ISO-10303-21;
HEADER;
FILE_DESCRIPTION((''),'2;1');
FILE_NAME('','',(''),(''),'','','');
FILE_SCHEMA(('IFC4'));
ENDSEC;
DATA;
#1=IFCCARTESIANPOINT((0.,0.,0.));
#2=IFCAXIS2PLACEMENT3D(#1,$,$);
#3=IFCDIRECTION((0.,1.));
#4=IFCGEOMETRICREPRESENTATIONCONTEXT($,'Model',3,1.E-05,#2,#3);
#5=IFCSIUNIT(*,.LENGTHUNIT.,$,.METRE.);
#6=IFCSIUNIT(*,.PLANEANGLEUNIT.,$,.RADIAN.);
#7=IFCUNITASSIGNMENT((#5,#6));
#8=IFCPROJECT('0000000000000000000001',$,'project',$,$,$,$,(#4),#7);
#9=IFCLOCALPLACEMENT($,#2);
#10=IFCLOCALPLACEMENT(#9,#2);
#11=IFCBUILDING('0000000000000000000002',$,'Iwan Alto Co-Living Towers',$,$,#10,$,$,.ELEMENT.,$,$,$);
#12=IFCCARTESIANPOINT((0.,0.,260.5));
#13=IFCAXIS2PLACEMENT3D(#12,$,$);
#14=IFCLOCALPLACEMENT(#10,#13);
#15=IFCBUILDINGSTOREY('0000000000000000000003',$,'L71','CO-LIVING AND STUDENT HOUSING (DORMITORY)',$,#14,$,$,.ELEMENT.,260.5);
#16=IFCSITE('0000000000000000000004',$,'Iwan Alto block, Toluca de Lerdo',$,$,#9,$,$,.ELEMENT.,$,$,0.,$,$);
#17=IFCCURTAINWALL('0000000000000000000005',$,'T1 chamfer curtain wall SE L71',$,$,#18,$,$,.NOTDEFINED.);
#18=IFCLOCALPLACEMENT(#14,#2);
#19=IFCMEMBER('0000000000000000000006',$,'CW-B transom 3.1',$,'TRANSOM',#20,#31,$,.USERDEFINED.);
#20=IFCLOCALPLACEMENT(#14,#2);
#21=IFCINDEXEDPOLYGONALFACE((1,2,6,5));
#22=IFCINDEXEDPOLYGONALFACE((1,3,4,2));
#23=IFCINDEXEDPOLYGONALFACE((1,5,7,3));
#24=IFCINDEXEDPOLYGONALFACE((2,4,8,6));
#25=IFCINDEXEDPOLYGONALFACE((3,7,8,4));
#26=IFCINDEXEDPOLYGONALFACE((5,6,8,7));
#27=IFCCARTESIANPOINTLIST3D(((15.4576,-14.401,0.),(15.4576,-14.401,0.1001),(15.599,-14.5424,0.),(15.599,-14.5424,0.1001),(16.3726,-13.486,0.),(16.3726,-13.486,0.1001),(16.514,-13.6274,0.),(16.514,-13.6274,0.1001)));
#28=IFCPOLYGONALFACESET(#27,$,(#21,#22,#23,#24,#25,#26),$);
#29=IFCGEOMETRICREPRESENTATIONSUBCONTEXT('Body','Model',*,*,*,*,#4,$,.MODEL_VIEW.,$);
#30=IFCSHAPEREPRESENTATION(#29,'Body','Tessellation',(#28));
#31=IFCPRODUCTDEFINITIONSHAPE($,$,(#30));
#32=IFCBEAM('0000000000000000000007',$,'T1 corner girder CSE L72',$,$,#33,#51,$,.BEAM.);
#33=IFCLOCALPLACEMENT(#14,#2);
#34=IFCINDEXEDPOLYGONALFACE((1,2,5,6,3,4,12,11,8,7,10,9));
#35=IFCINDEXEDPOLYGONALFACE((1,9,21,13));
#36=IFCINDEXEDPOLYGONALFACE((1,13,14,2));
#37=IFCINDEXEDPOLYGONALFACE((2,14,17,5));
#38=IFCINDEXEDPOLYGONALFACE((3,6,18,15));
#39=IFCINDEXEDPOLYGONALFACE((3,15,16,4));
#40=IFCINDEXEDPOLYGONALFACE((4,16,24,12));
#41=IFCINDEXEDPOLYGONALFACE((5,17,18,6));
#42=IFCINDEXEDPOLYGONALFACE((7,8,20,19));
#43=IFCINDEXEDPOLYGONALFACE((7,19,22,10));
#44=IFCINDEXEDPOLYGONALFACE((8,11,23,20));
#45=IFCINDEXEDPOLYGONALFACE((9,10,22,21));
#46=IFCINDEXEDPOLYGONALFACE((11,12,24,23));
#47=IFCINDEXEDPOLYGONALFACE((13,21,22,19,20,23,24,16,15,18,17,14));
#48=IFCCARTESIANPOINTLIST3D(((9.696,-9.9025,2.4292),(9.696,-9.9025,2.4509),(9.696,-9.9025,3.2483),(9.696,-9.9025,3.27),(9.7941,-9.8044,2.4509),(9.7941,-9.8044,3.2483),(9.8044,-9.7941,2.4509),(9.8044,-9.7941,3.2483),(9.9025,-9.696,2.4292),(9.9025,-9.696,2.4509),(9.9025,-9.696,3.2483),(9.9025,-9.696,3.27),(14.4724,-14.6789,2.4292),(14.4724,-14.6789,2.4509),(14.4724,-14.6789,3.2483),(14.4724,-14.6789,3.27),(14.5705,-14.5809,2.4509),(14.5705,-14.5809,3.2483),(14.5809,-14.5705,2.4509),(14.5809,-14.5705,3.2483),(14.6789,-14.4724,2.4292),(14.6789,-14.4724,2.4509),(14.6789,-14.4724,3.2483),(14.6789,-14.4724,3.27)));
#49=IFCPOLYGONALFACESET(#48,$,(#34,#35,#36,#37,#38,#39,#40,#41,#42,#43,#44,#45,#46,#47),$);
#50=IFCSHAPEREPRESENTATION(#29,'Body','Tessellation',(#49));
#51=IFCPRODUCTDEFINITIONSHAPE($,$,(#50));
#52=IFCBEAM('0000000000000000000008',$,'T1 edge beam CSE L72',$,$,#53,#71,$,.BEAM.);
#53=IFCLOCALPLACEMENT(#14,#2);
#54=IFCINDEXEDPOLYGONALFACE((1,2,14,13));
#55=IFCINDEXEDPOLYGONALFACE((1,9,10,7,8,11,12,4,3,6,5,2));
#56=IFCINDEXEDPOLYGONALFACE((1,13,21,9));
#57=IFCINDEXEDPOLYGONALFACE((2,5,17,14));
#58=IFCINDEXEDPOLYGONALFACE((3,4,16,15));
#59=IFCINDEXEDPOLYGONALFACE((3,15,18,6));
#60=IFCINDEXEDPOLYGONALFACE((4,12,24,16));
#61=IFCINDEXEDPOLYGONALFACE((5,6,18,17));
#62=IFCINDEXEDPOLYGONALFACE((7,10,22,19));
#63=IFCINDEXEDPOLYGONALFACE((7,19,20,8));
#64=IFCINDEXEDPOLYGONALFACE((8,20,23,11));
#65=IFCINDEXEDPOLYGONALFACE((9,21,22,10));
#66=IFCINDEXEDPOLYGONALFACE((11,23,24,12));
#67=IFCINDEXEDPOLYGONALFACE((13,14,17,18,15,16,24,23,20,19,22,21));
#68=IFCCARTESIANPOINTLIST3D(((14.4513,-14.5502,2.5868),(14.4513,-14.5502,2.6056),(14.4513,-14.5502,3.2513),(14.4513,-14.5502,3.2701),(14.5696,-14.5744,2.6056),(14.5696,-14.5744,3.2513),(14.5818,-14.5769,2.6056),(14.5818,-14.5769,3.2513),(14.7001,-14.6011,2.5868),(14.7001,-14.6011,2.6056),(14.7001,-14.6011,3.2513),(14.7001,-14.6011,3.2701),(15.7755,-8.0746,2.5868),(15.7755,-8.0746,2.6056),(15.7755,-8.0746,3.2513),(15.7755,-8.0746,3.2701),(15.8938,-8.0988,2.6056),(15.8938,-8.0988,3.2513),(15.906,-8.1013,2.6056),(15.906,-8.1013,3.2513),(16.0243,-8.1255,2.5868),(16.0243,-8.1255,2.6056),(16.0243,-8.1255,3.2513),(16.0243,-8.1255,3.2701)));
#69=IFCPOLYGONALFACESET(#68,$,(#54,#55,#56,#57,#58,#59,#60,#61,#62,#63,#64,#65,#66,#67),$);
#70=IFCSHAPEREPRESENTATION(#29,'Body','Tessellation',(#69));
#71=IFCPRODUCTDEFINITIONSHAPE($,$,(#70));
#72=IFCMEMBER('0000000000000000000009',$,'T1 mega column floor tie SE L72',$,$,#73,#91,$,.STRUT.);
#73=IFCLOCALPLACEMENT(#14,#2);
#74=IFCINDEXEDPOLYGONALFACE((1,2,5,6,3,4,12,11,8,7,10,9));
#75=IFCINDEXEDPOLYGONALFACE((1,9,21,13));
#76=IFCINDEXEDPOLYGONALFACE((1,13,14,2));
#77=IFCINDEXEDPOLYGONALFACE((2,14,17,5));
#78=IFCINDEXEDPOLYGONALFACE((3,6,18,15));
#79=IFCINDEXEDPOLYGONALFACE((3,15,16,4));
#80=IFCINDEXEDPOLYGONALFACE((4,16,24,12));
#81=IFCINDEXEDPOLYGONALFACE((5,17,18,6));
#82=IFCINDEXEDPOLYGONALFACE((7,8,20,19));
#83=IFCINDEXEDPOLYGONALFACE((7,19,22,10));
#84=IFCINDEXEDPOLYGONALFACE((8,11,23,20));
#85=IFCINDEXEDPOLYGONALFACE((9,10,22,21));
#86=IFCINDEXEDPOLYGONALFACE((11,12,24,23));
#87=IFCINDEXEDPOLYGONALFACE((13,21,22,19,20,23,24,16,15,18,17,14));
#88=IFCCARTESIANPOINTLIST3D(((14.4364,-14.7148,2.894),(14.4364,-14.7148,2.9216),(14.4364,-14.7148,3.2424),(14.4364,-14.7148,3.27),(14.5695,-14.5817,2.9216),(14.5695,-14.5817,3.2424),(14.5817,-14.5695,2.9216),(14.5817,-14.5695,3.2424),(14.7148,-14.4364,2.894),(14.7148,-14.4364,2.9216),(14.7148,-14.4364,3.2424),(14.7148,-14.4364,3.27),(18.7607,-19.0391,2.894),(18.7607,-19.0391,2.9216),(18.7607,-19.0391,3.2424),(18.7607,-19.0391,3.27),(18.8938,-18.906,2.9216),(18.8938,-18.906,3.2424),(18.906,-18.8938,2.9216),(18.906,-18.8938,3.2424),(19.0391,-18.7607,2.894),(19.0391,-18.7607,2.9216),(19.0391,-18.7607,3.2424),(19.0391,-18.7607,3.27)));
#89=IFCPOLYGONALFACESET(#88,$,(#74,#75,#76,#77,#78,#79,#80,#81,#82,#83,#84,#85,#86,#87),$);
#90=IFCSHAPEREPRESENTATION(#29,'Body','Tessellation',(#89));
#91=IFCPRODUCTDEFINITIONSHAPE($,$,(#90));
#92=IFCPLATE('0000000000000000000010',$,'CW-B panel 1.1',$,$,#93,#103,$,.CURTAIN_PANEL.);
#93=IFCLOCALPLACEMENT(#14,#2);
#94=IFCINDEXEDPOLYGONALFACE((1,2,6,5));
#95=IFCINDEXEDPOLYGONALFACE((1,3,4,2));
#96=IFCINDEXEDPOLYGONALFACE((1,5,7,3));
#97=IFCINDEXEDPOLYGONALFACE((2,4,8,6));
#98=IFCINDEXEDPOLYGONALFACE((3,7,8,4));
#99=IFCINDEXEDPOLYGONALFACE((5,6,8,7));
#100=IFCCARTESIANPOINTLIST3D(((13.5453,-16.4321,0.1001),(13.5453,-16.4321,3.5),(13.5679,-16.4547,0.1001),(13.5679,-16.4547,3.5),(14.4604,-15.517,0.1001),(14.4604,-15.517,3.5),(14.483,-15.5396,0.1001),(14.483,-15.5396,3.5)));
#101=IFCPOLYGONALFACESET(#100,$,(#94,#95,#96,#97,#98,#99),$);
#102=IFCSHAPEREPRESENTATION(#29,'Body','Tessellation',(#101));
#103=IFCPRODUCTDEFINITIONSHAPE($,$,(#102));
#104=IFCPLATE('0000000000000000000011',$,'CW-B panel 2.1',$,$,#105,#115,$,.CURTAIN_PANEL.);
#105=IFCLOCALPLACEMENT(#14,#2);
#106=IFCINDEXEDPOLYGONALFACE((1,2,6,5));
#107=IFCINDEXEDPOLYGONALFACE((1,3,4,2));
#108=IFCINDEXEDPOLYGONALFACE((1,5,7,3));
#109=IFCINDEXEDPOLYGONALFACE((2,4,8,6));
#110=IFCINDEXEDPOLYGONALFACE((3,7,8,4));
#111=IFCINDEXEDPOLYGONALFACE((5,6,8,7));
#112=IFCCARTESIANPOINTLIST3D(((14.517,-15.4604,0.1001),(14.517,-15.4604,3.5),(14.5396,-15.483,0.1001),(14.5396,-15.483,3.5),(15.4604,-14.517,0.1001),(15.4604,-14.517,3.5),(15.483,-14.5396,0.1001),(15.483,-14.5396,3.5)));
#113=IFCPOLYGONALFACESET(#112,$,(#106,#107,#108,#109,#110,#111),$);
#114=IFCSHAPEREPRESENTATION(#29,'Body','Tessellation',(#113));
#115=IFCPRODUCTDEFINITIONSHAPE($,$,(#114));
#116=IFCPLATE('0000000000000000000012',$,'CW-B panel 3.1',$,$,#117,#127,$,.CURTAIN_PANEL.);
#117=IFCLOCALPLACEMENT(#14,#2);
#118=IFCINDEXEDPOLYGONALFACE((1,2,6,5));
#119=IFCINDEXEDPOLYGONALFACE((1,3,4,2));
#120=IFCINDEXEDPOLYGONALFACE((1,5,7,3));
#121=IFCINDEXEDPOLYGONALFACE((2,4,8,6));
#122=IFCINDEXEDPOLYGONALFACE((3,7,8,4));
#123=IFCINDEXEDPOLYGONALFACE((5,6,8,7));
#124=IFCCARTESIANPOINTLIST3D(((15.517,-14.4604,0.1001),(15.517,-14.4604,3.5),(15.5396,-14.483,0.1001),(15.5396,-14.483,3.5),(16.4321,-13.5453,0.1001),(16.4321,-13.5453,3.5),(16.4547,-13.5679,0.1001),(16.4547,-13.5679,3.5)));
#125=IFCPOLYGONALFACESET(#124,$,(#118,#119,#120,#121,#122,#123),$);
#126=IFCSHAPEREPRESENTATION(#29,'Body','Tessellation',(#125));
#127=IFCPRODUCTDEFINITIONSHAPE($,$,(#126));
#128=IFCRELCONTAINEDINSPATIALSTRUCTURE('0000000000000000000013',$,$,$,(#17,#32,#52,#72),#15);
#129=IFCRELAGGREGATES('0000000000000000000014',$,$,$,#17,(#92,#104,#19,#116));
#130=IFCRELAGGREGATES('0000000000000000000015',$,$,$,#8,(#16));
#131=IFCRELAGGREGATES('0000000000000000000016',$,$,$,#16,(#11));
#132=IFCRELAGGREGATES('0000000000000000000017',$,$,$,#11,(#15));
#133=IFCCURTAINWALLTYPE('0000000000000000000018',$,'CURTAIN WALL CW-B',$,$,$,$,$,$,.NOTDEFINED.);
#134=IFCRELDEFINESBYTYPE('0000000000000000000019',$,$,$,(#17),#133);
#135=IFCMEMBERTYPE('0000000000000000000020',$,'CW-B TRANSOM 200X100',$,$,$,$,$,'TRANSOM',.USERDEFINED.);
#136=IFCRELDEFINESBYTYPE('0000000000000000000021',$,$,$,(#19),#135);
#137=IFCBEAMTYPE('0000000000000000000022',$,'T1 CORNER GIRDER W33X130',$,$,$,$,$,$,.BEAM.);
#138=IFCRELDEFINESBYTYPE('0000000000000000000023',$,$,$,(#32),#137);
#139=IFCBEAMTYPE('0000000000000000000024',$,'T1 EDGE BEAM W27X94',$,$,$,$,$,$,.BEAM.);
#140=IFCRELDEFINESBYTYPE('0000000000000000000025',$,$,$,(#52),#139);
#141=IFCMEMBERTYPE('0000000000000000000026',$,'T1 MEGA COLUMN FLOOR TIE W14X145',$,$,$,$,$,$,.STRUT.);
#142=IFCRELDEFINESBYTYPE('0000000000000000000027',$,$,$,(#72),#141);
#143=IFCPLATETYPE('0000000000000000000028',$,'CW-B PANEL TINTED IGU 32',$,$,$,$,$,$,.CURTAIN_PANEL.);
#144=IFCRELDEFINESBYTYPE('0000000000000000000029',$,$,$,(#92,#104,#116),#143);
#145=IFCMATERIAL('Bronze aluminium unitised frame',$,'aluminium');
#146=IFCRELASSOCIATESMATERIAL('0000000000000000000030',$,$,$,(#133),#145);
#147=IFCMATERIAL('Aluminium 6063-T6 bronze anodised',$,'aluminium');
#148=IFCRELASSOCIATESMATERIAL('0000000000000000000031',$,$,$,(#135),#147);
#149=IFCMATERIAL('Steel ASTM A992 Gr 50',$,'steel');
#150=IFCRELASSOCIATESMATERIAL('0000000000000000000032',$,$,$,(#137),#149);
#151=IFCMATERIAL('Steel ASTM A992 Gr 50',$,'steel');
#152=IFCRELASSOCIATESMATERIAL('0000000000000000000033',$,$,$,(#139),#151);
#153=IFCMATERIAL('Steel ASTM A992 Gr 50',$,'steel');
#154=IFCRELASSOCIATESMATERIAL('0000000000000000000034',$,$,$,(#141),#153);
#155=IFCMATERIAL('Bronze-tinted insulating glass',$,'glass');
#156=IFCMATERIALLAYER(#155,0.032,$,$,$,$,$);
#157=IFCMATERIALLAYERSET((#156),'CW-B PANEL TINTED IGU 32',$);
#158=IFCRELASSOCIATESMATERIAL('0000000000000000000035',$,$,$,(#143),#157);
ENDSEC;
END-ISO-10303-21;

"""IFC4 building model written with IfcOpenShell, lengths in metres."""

from ifc_helpers import new_model, si_unit, direction, frame, origin, origin_2d, place, context, subcontext, project, spatial, rectangle, i_section, extrude, material, layer, layer_set, material_profile, profile_set, type_object, element, aggregate, save


model = new_model("IFC4")

# Units and contexts
model_context = context("Model", 3, precision=1e-05, world=origin(), true_north=direction((0.0, 1.0)))
body_context = subcontext(model_context, "Body", "Model", "MODEL_VIEW")
ifc_project = project(units=[si_unit("LENGTHUNIT", "METRE"), si_unit("PLANEANGLEUNIT", "RADIAN")], contexts=[model_context])

# Site, building, storey
site_placement = place(None, origin())
site = spatial("IfcSite", under=ifc_project, at=site_placement, Name="Iwan Alto block, Toluca de Lerdo", CompositionType="ELEMENT", RefElevation=0.0)
building_placement = place(site_placement, origin())
building = spatial("IfcBuilding", under=site, at=building_placement, Name="Iwan Alto Co-Living Towers", CompositionType="ELEMENT")
storey_placement = place(building_placement, frame((0.0, 0.0, 260.5)))
storey = spatial("IfcBuildingStorey", under=building, at=storey_placement, Name="L71", Description="CO-LIVING AND STUDENT HOUSING (DORMITORY)", CompositionType="ELEMENT", Elevation=260.5)

# Curtain wall, member
ifc_material_1 = material(Name="Bronze aluminium unitised frame", Category="aluminium")
curtain_wall_type_1 = type_object("IfcCurtainWallType", Name="CURTAIN WALL CW-B", PredefinedType="NOTDEFINED", material=ifc_material_1)
curtain_wall_1_placement = place(storey_placement, origin())
curtain_wall_1 = element("IfcCurtainWall", 1, at=curtain_wall_1_placement, inside=storey, type_object=curtain_wall_type_1, Name="T1 chamfer curtain wall SE L71", PredefinedType="NOTDEFINED")
ifc_material_2 = material(Name="Aluminium 6063-T6 bronze anodised", Category="aluminium")
ifc_material_profile_1 = material_profile(ifc_material_2, rectangle(XDim=0.2, YDim=0.1001, at=origin_2d()), Name="AL 200X100")
ifc_profile_set_1 = profile_set([ifc_material_profile_1], Name="Aluminium 6063-T6 bronze anodised")
member_type_1 = type_object("IfcMemberType", Name="CW-B TRANSOM 200X100", ElementType="TRANSOM", PredefinedType="USERDEFINED", material=ifc_profile_set_1)
member_1_placement = place(storey_placement, frame((15.5283, -14.4717, 0.05), z_axis=(0.707107, 0.707107, 0.0), x_axis=(-0.707107, 0.707107, 0.0)))
member_1 = element("IfcMember", 2, at=member_1_placement, type_object=member_type_1, Name="CW-B transom 3.1", ObjectType="TRANSOM", PredefinedType="USERDEFINED", context=body_context, shape_type="SweptSolid", body=[
    extrude(rectangle(XDim=0.2, YDim=0.1001, at=origin_2d()), origin(), (0.0, 0.0, 1.0), 1.2939),
])

# Beams
ifc_material_3 = material(Name="Steel ASTM A992 Gr 50", Category="steel")
ifc_material_profile_2 = material_profile(ifc_material_3, i_section(OverallWidth=0.292, OverallDepth=0.8408, WebThickness=0.0146, FlangeThickness=0.0217, at=origin_2d()), Name="W33X130")
ifc_profile_set_2 = profile_set([ifc_material_profile_2], Name="Steel ASTM A992 Gr 50")
beam_type_1 = type_object("IfcBeamType", Name="T1 CORNER GIRDER W33X130", PredefinedType="BEAM", material=ifc_profile_set_2)
beam_1_placement = place(storey_placement, frame((14.5757, -14.5757, 2.8496), z_axis=(-0.707107, 0.707107, 0.0), x_axis=(-0.707107, -0.707107, 0.0)))
element("IfcBeam", 3, at=beam_1_placement, inside=storey, type_object=beam_type_1, Name="T1 corner girder CSE L72", PredefinedType="BEAM", context=body_context, shape_type="SweptSolid", body=[
    extrude(i_section(OverallWidth=0.292, OverallDepth=0.8408, WebThickness=0.0146, FlangeThickness=0.0217, at=origin_2d()), origin(), (0.0, 0.0, 1.0), 6.7549),
])
ifc_material_4 = material(Name="Steel ASTM A992 Gr 50", Category="steel")
ifc_material_profile_3 = material_profile(ifc_material_4, i_section(OverallWidth=0.2539, OverallDepth=0.6833, WebThickness=0.0125, FlangeThickness=0.0188, at=origin_2d()), Name="W27X94")
ifc_profile_set_3 = profile_set([ifc_material_profile_3], Name="Steel ASTM A992 Gr 50")
beam_type_2 = type_object("IfcBeamType", Name="T1 EDGE BEAM W27X94", PredefinedType="BEAM", material=ifc_profile_set_3)
beam_2_placement = place(storey_placement, frame((14.5757, -14.5757, 2.9285), z_axis=(0.200348, 0.979725, 0.0), x_axis=(-0.979725, 0.200348, 0.0)))
element("IfcBeam", 4, at=beam_2_placement, inside=storey, type_object=beam_type_2, Name="T1 edge beam CSE L72", PredefinedType="BEAM", context=body_context, shape_type="SweptSolid", body=[
    extrude(i_section(OverallWidth=0.2539, OverallDepth=0.6833, WebThickness=0.0125, FlangeThickness=0.0188, at=origin_2d()), origin(), (0.0, 0.0, 1.0), 6.6096),
])

# Member
ifc_material_5 = material(Name="Steel ASTM A992 Gr 50", Category="steel")
ifc_material_profile_4 = material_profile(ifc_material_5, i_section(OverallWidth=0.3938, OverallDepth=0.376, WebThickness=0.0173, FlangeThickness=0.0276, at=origin_2d()), Name="W14X145")
ifc_profile_set_4 = profile_set([ifc_material_profile_4], Name="Steel ASTM A992 Gr 50")
member_type_2 = type_object("IfcMemberType", Name="T1 MEGA COLUMN FLOOR TIE W14X145", PredefinedType="STRUT", material=ifc_profile_set_4)
member_2_placement = place(storey_placement, frame((18.8999, -18.8999, 3.082), z_axis=(-0.707107, 0.707107, 0.0), x_axis=(-0.707107, -0.707107, 0.0)))
element("IfcMember", 5, at=member_2_placement, inside=storey, type_object=member_type_2, Name="T1 mega column floor tie SE L72", PredefinedType="STRUT", context=body_context, shape_type="SweptSolid", body=[
    extrude(i_section(OverallWidth=0.3938, OverallDepth=0.376, WebThickness=0.0173, FlangeThickness=0.0276, at=origin_2d()), origin(), (0.0, 0.0, 1.0), 6.1155),
])

# Plates
ifc_material_6 = material(Name="Bronze-tinted insulating glass", Category="glass")
ifc_layer = layer(ifc_material_6, 0.032)
ifc_layer_set = layer_set([ifc_layer], Name="CW-B PANEL TINTED IGU 32")
plate_type = type_object("IfcPlateType", Name="CW-B PANEL TINTED IGU 32", PredefinedType="CURTAIN_PANEL", material=ifc_layer_set)
plate_1_placement = place(storey_placement, frame((14.0142, -15.9858, 0.1001), z_axis=(0.0, 0.0, 1.0), x_axis=(0.707107, 0.707107, 0.0)))
plate_1 = element("IfcPlate", 6, at=plate_1_placement, type_object=plate_type, Name="CW-B panel 1.1", PredefinedType="CURTAIN_PANEL", context=body_context, shape_type="SweptSolid", body=[
    extrude(rectangle(XDim=1.2942, YDim=0.032, at=origin_2d()), origin(), (0.0, 0.0, 1.0), 3.3999),
])
plate_2_placement = place(storey_placement, frame((15.0, -15.0, 0.1001), z_axis=(0.0, 0.0, 1.0), x_axis=(0.707107, 0.707107, 0.0)))
plate_2 = element("IfcPlate", 7, at=plate_2_placement, type_object=plate_type, Name="CW-B panel 2.1", PredefinedType="CURTAIN_PANEL", context=body_context, shape_type="SweptSolid", body=[
    extrude(rectangle(XDim=1.3342, YDim=0.032, at=origin_2d()), origin(), (0.0, 0.0, 1.0), 3.3999),
])
plate_3_placement = place(storey_placement, frame((15.9858, -14.0142, 0.1001), z_axis=(0.0, 0.0, 1.0), x_axis=(0.707107, 0.707107, 0.0)))
plate_3 = element("IfcPlate", 8, at=plate_3_placement, type_object=plate_type, Name="CW-B panel 3.1", PredefinedType="CURTAIN_PANEL", context=body_context, shape_type="SweptSolid", body=[
    extrude(rectangle(XDim=1.2942, YDim=0.032, at=origin_2d()), origin(), (0.0, 0.0, 1.0), 3.3999),
])
aggregate(curtain_wall_1, [plate_1, plate_2, member_1, plate_3])

save(model, "model.ifc")
